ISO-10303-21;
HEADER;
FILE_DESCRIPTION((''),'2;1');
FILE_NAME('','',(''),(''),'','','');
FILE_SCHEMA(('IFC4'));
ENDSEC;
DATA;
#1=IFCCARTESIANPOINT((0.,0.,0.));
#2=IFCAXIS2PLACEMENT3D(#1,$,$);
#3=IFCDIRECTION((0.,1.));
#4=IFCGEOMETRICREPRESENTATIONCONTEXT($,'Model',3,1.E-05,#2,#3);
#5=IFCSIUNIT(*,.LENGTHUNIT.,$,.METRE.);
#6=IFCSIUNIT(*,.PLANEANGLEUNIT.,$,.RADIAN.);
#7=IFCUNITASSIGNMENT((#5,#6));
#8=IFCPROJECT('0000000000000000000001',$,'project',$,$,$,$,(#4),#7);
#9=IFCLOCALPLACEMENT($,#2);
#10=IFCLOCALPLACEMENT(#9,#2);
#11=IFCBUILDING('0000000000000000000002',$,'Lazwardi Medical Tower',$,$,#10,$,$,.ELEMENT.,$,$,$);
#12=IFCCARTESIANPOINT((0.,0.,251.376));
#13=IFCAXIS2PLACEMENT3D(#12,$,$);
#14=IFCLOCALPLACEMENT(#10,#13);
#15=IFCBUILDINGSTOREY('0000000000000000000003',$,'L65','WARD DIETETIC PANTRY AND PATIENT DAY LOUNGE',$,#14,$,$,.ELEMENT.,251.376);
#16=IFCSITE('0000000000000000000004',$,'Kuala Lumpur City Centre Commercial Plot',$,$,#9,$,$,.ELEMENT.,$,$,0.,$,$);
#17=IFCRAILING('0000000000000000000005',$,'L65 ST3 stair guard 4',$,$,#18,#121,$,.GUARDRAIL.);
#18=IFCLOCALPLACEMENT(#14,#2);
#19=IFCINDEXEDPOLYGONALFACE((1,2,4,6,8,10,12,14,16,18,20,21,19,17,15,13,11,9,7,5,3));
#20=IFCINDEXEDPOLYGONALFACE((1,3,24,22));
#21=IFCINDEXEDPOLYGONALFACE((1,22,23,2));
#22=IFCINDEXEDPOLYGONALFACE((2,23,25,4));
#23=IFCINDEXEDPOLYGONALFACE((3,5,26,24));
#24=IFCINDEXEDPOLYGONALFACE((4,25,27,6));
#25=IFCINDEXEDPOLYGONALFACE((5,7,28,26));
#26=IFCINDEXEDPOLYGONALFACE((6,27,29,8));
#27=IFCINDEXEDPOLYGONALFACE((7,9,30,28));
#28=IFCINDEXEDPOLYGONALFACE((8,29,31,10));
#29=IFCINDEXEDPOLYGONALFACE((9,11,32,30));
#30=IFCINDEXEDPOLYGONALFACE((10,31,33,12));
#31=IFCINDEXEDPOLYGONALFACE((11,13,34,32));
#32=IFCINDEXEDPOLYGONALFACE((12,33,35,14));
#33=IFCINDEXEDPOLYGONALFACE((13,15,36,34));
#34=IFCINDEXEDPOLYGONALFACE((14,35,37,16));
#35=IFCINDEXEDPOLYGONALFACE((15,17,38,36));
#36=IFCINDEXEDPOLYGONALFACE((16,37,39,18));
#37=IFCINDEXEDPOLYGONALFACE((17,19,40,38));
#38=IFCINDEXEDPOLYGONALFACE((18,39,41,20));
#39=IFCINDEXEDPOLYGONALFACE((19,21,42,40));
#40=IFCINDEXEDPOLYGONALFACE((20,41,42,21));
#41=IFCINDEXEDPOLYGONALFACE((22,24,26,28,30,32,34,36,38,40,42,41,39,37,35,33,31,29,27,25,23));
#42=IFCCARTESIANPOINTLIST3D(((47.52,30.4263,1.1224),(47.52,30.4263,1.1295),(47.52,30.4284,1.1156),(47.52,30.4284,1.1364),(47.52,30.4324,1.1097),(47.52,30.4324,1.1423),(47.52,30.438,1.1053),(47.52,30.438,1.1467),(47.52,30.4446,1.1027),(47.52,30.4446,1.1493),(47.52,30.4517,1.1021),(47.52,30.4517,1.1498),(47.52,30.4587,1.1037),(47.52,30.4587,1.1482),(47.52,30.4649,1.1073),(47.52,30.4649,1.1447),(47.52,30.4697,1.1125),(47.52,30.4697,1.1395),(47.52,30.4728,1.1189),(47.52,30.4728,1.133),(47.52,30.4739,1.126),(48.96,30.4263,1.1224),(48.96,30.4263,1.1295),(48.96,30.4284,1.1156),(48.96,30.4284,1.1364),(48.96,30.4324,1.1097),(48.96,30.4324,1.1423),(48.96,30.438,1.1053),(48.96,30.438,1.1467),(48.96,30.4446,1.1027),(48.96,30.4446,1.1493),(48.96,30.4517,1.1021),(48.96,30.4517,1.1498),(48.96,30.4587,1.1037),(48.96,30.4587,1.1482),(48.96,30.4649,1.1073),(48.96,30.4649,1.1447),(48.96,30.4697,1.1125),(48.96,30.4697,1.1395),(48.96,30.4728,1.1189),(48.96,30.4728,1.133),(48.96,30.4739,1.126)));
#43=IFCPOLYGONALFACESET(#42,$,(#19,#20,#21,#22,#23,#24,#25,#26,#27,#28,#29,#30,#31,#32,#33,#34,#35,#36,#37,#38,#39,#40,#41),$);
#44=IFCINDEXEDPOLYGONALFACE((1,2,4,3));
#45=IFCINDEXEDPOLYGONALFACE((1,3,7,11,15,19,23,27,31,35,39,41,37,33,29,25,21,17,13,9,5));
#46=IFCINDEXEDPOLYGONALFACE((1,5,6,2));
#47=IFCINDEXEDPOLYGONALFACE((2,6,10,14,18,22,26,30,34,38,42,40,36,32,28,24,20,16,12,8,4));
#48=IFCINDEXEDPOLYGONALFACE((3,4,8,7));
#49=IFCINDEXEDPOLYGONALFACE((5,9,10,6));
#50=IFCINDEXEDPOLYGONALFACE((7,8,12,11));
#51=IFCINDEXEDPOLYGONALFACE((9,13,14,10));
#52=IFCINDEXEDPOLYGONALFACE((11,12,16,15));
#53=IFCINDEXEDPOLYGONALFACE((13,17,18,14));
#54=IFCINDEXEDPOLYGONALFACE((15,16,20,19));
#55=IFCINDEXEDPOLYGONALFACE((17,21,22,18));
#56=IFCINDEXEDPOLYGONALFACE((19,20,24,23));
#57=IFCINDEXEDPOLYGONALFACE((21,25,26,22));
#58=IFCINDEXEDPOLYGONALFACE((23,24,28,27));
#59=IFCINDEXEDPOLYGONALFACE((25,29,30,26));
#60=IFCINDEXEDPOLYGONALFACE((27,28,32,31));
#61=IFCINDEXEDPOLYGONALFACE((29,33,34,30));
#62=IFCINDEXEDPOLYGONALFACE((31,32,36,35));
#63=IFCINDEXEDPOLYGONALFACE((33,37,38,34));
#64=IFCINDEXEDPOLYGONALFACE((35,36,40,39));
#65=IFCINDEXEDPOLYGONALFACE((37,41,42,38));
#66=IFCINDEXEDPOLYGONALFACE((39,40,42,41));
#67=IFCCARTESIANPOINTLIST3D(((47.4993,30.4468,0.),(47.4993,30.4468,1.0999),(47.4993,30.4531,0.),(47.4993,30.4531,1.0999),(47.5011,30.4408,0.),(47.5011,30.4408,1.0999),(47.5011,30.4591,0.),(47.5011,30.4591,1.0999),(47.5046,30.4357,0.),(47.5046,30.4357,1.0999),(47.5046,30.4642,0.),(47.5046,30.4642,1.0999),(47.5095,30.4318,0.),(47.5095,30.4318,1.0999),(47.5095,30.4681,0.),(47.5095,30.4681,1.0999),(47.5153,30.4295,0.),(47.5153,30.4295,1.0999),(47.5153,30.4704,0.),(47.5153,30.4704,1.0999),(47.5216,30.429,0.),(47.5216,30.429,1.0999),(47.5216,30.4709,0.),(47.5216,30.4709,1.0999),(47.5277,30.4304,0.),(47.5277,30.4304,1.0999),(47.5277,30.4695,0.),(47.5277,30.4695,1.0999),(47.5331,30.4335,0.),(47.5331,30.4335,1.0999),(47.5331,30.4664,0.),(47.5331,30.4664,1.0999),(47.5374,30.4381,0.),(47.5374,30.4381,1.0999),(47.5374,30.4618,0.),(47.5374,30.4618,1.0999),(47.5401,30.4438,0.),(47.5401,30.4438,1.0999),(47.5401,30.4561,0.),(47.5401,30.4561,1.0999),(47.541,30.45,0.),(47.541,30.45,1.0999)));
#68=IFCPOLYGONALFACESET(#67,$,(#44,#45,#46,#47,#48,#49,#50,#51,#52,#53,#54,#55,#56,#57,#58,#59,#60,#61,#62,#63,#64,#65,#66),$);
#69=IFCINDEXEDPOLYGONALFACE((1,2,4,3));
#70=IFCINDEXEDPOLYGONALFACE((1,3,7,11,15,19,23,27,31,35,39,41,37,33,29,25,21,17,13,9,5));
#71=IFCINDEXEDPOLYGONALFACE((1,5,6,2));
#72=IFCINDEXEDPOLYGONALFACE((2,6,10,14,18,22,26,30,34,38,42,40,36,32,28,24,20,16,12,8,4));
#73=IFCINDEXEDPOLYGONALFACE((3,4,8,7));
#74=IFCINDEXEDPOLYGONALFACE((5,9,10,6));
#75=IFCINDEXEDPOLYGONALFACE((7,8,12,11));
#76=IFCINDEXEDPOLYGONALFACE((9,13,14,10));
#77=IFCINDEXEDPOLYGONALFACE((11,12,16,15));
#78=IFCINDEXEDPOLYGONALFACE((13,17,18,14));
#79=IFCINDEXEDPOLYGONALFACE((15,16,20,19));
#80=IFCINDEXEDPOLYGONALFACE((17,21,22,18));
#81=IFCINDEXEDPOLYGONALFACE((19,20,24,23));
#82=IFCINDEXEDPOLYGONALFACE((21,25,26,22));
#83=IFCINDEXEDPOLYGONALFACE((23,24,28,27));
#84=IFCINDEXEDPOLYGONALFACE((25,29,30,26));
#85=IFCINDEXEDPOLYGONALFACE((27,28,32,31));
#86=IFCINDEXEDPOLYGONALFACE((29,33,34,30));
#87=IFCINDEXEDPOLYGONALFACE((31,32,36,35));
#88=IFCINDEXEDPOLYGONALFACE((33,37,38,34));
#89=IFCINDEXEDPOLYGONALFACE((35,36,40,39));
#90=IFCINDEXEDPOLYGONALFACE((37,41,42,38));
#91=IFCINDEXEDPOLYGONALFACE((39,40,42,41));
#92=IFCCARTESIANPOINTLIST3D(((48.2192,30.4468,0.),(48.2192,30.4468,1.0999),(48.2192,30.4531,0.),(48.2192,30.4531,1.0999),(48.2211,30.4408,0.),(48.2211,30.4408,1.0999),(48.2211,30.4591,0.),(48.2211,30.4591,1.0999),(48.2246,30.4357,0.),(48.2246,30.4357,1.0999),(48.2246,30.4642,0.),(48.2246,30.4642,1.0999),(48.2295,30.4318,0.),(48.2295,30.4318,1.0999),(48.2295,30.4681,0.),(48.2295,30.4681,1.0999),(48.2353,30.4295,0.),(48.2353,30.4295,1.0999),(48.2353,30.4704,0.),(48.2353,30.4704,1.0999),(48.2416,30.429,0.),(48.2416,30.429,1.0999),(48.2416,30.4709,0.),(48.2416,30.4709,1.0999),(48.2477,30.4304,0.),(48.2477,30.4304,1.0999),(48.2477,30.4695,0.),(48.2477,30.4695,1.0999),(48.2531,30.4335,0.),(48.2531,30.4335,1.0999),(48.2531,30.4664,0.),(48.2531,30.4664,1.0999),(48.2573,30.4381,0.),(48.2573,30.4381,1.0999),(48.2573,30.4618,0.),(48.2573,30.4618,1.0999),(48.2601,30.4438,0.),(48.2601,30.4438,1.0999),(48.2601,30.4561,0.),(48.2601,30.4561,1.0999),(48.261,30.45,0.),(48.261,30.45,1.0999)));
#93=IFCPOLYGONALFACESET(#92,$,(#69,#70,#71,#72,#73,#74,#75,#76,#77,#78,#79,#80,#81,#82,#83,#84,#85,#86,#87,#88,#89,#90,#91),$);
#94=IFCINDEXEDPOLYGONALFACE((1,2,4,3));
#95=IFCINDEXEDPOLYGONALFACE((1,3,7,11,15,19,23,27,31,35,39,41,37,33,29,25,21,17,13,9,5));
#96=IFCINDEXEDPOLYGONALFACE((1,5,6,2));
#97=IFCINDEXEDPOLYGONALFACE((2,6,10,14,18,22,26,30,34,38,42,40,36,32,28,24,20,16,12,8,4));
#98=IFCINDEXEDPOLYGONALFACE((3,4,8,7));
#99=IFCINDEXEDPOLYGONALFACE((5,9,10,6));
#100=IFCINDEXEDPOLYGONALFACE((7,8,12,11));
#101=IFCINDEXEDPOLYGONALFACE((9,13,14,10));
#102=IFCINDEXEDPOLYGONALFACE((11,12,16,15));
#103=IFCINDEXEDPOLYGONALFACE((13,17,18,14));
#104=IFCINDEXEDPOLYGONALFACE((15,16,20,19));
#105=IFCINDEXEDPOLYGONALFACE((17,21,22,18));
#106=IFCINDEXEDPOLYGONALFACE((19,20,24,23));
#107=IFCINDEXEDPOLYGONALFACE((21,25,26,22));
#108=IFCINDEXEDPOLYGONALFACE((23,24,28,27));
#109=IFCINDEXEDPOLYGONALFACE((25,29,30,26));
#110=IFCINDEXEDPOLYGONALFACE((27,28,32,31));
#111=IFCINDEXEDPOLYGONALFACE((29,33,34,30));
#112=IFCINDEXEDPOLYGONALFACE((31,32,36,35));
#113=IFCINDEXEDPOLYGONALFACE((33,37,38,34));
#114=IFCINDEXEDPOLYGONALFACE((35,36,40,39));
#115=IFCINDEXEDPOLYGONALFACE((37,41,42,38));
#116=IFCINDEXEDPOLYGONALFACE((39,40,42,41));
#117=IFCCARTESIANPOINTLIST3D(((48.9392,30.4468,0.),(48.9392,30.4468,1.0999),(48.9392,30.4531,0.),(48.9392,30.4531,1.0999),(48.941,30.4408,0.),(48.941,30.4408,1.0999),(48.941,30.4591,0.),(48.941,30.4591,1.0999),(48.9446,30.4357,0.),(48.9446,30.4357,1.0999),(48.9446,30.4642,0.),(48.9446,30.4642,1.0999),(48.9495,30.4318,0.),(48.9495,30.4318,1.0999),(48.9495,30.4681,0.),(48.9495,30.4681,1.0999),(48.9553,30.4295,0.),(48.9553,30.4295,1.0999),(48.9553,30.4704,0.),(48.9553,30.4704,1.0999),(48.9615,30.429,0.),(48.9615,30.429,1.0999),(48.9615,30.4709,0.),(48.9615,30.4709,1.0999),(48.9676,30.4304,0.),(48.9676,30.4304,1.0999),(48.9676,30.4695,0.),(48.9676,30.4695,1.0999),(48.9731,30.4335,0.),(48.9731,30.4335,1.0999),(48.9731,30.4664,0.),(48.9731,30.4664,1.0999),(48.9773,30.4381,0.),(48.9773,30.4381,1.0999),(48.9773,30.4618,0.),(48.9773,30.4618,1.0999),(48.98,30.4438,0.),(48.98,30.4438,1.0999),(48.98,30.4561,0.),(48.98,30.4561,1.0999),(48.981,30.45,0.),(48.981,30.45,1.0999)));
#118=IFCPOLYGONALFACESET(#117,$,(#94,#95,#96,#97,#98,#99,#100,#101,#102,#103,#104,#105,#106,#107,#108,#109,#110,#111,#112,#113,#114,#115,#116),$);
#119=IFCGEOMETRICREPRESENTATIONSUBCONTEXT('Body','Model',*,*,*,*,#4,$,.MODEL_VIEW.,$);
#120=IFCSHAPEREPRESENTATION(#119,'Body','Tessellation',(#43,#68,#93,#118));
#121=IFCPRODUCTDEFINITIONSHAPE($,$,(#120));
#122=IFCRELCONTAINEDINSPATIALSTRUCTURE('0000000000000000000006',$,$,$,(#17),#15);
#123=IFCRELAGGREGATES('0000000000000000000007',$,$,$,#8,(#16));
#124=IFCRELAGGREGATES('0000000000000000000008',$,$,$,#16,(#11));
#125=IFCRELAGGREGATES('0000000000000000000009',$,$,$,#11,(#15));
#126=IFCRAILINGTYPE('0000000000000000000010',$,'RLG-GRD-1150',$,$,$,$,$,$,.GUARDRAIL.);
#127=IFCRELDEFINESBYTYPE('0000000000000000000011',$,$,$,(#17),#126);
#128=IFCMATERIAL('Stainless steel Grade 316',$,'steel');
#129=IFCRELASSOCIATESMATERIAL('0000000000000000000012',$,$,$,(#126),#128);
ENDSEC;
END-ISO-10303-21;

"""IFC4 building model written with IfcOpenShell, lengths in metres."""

from ifc_helpers import new_model, si_unit, direction, frame, origin, origin_2d, place, context, subcontext, project, spatial, circle, extrude, material, type_object, element, save


model = new_model("IFC4")

# Units and contexts
model_context = context("Model", 3, precision=1e-05, world=origin(), true_north=direction((0.0, 1.0)))
body_context = subcontext(model_context, "Body", "Model", "MODEL_VIEW")
ifc_project = project(units=[si_unit("LENGTHUNIT", "METRE"), si_unit("PLANEANGLEUNIT", "RADIAN")], contexts=[model_context])

# Site, building, storey
site_placement = place(None, origin())
site = spatial("IfcSite", under=ifc_project, at=site_placement, Name="Kuala Lumpur City Centre Commercial Plot", CompositionType="ELEMENT", RefElevation=0.0)
building_placement = place(site_placement, origin())
building = spatial("IfcBuilding", under=site, at=building_placement, Name="Lazwardi Medical Tower", CompositionType="ELEMENT")
storey_placement = place(building_placement, frame((0.0, 0.0, 251.376)))
storey = spatial("IfcBuildingStorey", under=building, at=storey_placement, Name="L65", Description="WARD DIETETIC PANTRY AND PATIENT DAY LOUNGE", CompositionType="ELEMENT", Elevation=251.376)

# Railing
ifc_material_1 = material(Name="Stainless steel Grade 316", Category="steel")
railing_type_1 = type_object("IfcRailingType", Name="RLG-GRD-1150", PredefinedType="GUARDRAIL", material=ifc_material_1)
railing_1_placement = place(storey_placement, frame((47.52, 30.45, 0.0)))
element("IfcRailing", 1, at=railing_1_placement, inside=storey, type_object=railing_type_1, Name="L65 ST3 stair guard 4", PredefinedType="GUARDRAIL", context=body_context, shape_type="SweptSolid", body=[
    extrude(circle(Radius=0.0239, at=origin_2d()), frame((0.0, 0.0, 1.126), z_axis=(1.0, 0.0, 0.0), x_axis=(0.0, 1.0, 0.0)), (0.0, 0.0, 1.0), 1.4399),
    extrude(circle(Radius=0.021, at=origin_2d()), origin(), (0.0, 0.0, 1.0), 1.0999),
    extrude(circle(Radius=0.021, at=origin_2d()), frame((0.72, 0.0, 0.0)), (0.0, 0.0, 1.0), 1.0999),
    extrude(circle(Radius=0.021, at=origin_2d()), frame((1.4399, 0.0, 0.0)), (0.0, 0.0, 1.0), 1.0999),
])

save(model, "model.ifc")
